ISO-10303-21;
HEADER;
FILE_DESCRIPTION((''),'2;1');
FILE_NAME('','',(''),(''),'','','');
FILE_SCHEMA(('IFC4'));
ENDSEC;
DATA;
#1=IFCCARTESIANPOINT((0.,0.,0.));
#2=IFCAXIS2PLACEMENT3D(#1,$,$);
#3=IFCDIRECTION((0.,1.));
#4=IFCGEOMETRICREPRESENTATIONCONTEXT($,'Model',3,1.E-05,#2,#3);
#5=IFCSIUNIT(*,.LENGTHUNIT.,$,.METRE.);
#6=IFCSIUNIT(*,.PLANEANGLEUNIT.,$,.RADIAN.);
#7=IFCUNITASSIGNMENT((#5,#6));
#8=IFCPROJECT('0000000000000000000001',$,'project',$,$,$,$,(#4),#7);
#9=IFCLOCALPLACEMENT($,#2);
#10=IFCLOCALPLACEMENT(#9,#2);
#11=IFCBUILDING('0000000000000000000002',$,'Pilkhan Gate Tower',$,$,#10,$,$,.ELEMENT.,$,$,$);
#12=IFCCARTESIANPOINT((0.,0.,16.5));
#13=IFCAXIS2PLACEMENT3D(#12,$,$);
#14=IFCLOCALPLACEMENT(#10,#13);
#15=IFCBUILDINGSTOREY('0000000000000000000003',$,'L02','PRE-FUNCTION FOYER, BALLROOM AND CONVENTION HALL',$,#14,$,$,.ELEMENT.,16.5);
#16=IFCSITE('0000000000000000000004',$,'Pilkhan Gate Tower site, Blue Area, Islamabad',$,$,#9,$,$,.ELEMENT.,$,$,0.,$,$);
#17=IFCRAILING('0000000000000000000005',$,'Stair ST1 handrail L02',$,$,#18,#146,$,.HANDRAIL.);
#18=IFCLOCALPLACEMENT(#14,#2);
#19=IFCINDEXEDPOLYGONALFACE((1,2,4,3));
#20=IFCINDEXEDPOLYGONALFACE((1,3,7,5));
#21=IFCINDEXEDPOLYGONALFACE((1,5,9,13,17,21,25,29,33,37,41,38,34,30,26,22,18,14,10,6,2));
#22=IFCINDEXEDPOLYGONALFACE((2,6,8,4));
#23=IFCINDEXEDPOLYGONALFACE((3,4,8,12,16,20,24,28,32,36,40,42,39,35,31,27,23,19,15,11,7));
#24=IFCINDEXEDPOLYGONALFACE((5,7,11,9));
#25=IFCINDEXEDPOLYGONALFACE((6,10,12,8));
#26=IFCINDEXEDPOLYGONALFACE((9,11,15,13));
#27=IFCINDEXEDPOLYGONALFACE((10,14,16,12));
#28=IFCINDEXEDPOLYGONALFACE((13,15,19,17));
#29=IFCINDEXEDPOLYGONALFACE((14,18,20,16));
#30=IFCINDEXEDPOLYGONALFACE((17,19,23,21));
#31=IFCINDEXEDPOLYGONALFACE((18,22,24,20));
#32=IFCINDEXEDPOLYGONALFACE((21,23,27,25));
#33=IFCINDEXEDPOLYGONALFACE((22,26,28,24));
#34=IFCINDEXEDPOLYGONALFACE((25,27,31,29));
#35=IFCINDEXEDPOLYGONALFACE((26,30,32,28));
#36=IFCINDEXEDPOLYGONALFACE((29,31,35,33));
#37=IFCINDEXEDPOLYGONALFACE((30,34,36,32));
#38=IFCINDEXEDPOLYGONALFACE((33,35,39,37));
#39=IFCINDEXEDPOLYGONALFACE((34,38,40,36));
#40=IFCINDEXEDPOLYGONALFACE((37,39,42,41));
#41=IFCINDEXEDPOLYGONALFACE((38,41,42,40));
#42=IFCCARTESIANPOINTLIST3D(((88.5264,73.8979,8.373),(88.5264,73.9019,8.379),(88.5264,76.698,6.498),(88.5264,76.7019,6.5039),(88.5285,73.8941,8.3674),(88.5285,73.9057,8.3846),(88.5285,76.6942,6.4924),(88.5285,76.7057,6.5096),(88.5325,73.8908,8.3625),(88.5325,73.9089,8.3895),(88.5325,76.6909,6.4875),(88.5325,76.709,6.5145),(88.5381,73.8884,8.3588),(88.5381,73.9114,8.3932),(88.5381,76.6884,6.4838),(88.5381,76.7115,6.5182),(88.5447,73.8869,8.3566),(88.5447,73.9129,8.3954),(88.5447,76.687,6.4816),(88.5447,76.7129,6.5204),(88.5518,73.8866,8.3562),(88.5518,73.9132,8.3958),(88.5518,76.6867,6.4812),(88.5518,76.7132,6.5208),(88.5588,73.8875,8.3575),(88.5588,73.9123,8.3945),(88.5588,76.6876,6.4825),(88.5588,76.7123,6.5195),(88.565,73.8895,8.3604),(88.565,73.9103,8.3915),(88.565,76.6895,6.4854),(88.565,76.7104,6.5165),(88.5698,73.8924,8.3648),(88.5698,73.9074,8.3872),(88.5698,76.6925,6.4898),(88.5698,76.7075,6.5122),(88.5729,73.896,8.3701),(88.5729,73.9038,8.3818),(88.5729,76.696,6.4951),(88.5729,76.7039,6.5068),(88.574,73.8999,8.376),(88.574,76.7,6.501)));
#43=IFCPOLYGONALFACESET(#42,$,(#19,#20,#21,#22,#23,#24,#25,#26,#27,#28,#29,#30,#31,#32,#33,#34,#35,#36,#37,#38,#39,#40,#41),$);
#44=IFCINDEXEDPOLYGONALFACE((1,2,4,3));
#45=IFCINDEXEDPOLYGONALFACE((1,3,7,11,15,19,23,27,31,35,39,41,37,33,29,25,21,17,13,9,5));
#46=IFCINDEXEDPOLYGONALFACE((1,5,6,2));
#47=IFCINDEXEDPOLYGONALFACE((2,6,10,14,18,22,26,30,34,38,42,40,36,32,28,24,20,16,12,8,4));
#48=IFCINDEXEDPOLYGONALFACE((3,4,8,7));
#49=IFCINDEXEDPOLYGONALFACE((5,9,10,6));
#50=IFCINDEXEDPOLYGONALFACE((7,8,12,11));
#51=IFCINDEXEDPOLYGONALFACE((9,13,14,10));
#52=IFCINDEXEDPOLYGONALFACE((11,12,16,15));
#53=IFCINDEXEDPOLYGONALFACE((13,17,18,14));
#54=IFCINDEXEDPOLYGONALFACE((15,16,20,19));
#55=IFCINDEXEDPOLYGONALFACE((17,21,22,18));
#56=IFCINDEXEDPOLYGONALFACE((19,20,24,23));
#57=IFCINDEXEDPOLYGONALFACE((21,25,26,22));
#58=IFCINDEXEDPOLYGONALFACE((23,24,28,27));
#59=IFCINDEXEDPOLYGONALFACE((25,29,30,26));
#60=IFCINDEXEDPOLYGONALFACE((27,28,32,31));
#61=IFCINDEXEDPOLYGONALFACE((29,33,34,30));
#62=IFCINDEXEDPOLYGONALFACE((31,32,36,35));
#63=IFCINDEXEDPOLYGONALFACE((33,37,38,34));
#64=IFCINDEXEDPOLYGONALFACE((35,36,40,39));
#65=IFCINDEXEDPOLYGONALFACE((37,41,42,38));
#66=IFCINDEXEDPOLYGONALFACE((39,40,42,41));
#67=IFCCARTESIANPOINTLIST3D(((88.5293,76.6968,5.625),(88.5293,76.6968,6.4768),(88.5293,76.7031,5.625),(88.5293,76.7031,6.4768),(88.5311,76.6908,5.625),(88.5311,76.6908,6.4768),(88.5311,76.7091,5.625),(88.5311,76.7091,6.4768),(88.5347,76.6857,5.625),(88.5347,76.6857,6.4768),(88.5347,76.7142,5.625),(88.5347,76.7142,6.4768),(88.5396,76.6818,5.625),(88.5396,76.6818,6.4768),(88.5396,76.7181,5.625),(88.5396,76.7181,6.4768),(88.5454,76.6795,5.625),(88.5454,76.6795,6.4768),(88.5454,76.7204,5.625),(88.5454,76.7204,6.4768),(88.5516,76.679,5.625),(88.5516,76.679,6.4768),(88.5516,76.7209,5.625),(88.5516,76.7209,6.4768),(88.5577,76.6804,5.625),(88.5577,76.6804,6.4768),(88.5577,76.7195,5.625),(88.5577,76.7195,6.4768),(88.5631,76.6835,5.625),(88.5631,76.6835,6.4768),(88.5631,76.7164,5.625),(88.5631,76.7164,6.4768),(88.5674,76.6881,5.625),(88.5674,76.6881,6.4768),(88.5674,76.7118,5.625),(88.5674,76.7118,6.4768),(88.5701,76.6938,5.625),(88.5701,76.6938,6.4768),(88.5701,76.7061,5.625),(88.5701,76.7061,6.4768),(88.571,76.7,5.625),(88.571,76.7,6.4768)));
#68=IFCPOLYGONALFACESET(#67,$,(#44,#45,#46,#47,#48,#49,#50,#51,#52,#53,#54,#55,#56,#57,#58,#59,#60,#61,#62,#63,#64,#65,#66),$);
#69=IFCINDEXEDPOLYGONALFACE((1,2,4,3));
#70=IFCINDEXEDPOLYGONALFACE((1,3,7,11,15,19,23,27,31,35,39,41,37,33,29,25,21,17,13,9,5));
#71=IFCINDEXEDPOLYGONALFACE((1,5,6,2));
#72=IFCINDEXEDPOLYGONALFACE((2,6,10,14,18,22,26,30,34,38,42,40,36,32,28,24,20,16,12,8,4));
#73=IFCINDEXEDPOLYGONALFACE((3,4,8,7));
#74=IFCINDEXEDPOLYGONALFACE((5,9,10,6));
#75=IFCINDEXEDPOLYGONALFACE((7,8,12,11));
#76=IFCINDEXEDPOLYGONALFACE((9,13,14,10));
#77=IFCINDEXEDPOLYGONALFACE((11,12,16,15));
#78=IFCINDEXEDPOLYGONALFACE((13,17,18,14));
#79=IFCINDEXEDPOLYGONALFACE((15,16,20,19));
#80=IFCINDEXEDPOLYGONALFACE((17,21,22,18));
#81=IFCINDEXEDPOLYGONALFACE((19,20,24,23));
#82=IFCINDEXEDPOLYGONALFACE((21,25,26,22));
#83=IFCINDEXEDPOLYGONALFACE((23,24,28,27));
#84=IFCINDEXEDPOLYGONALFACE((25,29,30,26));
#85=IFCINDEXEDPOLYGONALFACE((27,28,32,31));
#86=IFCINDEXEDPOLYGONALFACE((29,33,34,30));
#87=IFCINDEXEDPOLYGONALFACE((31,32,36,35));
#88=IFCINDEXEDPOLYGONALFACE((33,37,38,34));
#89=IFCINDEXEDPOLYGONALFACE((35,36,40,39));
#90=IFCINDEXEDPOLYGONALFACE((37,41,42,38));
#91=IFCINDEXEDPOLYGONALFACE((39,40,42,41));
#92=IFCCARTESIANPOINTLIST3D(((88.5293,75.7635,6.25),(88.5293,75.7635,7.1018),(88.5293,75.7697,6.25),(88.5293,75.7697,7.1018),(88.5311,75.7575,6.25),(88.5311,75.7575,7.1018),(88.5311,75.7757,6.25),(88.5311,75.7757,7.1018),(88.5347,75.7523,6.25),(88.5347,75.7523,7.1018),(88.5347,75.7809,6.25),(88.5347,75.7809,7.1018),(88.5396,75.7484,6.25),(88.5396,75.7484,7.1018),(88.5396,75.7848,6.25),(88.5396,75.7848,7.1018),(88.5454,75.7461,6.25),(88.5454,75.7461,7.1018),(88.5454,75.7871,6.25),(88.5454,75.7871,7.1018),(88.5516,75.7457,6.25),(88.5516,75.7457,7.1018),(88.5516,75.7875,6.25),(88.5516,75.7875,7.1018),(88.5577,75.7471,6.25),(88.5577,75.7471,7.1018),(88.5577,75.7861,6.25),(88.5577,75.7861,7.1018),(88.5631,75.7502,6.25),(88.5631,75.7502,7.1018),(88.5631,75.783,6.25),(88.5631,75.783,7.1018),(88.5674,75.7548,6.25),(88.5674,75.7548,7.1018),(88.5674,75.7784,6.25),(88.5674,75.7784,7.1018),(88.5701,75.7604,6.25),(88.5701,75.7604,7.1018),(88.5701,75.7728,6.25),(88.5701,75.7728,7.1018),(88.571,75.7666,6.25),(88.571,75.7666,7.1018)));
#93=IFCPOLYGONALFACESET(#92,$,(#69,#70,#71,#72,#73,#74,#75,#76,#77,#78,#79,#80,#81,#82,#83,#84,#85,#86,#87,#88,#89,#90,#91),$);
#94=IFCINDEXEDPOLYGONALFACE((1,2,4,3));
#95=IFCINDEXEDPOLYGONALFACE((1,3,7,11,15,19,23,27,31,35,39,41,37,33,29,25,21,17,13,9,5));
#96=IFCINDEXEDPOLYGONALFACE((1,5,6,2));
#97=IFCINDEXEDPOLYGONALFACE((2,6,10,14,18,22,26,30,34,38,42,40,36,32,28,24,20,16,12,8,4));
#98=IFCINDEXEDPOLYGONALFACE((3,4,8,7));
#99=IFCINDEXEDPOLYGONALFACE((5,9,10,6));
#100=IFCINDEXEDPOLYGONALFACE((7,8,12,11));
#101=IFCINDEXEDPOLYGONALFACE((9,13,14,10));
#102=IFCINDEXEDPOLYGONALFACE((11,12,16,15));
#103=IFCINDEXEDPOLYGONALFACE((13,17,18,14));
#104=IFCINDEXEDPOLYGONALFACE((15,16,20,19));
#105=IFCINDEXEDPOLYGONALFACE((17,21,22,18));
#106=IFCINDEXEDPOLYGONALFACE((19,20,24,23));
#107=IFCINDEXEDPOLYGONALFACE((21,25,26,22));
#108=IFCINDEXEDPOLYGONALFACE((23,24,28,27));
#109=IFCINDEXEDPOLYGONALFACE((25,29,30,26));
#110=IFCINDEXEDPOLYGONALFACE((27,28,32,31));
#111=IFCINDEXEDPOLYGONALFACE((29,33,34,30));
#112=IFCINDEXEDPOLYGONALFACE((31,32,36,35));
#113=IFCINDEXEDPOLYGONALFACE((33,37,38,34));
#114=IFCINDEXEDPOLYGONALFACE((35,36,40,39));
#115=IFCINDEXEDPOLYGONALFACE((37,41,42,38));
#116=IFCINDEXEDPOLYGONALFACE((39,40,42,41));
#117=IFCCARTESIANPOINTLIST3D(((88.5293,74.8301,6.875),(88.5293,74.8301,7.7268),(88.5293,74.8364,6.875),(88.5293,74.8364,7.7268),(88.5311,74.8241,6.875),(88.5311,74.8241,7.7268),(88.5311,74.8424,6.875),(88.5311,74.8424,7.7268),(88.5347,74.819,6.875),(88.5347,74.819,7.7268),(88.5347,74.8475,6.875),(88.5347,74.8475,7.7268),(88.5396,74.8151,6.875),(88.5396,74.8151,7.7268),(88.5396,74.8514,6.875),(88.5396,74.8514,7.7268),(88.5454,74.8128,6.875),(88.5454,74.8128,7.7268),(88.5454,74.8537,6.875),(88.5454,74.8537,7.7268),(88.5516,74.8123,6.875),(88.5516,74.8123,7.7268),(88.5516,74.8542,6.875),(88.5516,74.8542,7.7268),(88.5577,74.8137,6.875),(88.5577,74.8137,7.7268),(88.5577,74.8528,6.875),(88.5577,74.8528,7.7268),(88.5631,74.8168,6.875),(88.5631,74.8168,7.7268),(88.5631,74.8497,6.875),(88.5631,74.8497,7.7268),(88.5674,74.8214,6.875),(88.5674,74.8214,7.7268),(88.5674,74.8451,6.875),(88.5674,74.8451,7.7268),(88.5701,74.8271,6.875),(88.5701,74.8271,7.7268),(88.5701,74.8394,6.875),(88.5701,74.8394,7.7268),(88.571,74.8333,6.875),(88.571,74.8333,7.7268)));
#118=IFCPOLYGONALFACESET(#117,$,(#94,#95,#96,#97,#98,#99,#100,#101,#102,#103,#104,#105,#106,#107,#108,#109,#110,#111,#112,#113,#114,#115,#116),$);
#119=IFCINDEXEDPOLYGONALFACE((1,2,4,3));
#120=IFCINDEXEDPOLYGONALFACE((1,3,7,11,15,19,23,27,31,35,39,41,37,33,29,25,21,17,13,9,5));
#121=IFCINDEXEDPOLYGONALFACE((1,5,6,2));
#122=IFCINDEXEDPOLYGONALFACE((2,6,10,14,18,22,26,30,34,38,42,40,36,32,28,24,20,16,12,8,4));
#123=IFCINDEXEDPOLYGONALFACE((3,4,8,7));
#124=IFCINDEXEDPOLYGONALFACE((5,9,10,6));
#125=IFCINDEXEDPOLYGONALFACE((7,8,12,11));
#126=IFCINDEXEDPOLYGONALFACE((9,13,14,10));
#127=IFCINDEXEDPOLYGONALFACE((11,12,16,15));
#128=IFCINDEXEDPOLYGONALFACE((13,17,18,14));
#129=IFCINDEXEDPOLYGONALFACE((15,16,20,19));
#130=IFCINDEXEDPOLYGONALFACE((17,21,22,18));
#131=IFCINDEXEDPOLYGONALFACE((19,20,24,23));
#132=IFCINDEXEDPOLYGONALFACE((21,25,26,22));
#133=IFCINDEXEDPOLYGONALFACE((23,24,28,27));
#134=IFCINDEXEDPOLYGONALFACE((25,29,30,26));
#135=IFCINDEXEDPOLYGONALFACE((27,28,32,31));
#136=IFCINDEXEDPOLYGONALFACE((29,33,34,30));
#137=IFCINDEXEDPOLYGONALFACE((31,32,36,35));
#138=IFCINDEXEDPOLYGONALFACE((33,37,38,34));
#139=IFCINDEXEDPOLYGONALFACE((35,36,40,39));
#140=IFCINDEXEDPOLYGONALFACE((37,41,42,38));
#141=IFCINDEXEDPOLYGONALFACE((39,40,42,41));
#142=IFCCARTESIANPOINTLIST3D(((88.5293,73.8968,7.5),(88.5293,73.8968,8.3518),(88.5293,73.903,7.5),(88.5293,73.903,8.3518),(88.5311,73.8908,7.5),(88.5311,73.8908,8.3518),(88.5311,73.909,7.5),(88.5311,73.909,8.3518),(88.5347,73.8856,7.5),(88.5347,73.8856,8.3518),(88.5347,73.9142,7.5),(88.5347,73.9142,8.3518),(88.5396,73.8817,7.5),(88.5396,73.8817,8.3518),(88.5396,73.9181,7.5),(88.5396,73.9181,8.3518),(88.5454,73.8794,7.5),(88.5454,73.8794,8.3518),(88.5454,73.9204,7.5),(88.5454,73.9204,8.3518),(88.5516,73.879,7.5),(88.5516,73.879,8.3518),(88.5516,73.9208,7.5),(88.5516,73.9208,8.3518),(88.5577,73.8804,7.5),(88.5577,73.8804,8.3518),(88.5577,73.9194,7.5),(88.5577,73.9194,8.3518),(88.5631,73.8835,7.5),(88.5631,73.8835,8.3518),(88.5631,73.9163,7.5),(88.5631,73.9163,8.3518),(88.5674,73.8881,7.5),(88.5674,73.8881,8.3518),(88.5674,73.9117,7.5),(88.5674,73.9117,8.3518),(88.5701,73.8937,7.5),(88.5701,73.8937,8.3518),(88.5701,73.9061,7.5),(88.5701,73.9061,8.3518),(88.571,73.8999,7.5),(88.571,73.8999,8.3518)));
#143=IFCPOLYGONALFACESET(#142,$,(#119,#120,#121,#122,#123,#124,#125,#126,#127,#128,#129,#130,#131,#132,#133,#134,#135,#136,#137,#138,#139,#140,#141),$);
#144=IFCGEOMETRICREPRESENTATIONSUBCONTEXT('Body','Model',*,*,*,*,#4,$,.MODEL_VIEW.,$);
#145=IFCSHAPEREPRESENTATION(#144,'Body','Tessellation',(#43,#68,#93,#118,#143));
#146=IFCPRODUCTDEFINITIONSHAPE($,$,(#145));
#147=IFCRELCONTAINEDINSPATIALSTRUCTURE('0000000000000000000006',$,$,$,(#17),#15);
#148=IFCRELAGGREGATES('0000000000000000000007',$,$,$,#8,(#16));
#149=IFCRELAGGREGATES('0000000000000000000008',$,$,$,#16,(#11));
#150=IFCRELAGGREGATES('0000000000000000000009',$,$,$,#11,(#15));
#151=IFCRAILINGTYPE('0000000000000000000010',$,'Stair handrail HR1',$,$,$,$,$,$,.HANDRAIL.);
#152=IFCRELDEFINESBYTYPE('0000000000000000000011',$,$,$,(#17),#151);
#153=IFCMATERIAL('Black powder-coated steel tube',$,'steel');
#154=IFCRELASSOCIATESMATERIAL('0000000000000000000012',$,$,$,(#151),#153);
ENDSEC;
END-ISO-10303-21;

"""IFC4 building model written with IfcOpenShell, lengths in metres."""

from ifc_helpers import new_model, si_unit, direction, frame, origin, origin_2d, place, context, subcontext, project, spatial, circle, extrude, material, type_object, element, save


model = new_model("IFC4")

# Units and contexts
model_context = context("Model", 3, precision=1e-05, world=origin(), true_north=direction((0.0, 1.0)))
body_context = subcontext(model_context, "Body", "Model", "MODEL_VIEW")
ifc_project = project(units=[si_unit("LENGTHUNIT", "METRE"), si_unit("PLANEANGLEUNIT", "RADIAN")], contexts=[model_context])

# Site, building, storey
site_placement = place(None, origin())
site = spatial("IfcSite", under=ifc_project, at=site_placement, Name="Pilkhan Gate Tower site, Blue Area, Islamabad", CompositionType="ELEMENT", RefElevation=0.0)
building_placement = place(site_placement, origin())
building = spatial("IfcBuilding", under=site, at=building_placement, Name="Pilkhan Gate Tower", CompositionType="ELEMENT")
storey_placement = place(building_placement, frame((0.0, 0.0, 16.5)))
storey = spatial("IfcBuildingStorey", under=building, at=storey_placement, Name="L02", Description="PRE-FUNCTION FOYER, BALLROOM AND CONVENTION HALL", CompositionType="ELEMENT", Elevation=16.5)

# Railing
ifc_material_1 = material(Name="Black powder-coated steel tube", Category="steel")
railing_type_1 = type_object("IfcRailingType", Name="Stair handrail HR1", PredefinedType="HANDRAIL", material=ifc_material_1)
for number, where, name in (
    (1, (88.55, 76.7, 5.625), "Stair ST1 handrail L02"),
):
    element("IfcRailing", number, at=place(storey_placement, frame(where)), inside=storey, type_object=railing_type_1, Name=name, PredefinedType="HANDRAIL", context=body_context, shape_type="SweptSolid", body=[
        extrude(circle(Radius=0.0239, at=origin_2d()), frame((0.0, 0.0, 0.876), z_axis=(0.0, -0.830912, 0.556404), x_axis=(1.0, 0.0, 0.0)), (0.0, 0.0, 1.0), 3.3699),
        extrude(circle(Radius=0.021, at=origin_2d()), origin(), (0.0, 0.0, 1.0), 0.8518),
        extrude(circle(Radius=0.021, at=origin_2d()), frame((0.0, -0.9333, 0.625)), (0.0, 0.0, 1.0), 0.8518),
        extrude(circle(Radius=0.021, at=origin_2d()), frame((0.0, -1.8667, 1.25)), (0.0, 0.0, 1.0), 0.8518),
        extrude(circle(Radius=0.021, at=origin_2d()), frame((0.0, -2.8, 1.875)), (0.0, 0.0, 1.0), 0.8518),
    ])

save(model, "model.ifc")
